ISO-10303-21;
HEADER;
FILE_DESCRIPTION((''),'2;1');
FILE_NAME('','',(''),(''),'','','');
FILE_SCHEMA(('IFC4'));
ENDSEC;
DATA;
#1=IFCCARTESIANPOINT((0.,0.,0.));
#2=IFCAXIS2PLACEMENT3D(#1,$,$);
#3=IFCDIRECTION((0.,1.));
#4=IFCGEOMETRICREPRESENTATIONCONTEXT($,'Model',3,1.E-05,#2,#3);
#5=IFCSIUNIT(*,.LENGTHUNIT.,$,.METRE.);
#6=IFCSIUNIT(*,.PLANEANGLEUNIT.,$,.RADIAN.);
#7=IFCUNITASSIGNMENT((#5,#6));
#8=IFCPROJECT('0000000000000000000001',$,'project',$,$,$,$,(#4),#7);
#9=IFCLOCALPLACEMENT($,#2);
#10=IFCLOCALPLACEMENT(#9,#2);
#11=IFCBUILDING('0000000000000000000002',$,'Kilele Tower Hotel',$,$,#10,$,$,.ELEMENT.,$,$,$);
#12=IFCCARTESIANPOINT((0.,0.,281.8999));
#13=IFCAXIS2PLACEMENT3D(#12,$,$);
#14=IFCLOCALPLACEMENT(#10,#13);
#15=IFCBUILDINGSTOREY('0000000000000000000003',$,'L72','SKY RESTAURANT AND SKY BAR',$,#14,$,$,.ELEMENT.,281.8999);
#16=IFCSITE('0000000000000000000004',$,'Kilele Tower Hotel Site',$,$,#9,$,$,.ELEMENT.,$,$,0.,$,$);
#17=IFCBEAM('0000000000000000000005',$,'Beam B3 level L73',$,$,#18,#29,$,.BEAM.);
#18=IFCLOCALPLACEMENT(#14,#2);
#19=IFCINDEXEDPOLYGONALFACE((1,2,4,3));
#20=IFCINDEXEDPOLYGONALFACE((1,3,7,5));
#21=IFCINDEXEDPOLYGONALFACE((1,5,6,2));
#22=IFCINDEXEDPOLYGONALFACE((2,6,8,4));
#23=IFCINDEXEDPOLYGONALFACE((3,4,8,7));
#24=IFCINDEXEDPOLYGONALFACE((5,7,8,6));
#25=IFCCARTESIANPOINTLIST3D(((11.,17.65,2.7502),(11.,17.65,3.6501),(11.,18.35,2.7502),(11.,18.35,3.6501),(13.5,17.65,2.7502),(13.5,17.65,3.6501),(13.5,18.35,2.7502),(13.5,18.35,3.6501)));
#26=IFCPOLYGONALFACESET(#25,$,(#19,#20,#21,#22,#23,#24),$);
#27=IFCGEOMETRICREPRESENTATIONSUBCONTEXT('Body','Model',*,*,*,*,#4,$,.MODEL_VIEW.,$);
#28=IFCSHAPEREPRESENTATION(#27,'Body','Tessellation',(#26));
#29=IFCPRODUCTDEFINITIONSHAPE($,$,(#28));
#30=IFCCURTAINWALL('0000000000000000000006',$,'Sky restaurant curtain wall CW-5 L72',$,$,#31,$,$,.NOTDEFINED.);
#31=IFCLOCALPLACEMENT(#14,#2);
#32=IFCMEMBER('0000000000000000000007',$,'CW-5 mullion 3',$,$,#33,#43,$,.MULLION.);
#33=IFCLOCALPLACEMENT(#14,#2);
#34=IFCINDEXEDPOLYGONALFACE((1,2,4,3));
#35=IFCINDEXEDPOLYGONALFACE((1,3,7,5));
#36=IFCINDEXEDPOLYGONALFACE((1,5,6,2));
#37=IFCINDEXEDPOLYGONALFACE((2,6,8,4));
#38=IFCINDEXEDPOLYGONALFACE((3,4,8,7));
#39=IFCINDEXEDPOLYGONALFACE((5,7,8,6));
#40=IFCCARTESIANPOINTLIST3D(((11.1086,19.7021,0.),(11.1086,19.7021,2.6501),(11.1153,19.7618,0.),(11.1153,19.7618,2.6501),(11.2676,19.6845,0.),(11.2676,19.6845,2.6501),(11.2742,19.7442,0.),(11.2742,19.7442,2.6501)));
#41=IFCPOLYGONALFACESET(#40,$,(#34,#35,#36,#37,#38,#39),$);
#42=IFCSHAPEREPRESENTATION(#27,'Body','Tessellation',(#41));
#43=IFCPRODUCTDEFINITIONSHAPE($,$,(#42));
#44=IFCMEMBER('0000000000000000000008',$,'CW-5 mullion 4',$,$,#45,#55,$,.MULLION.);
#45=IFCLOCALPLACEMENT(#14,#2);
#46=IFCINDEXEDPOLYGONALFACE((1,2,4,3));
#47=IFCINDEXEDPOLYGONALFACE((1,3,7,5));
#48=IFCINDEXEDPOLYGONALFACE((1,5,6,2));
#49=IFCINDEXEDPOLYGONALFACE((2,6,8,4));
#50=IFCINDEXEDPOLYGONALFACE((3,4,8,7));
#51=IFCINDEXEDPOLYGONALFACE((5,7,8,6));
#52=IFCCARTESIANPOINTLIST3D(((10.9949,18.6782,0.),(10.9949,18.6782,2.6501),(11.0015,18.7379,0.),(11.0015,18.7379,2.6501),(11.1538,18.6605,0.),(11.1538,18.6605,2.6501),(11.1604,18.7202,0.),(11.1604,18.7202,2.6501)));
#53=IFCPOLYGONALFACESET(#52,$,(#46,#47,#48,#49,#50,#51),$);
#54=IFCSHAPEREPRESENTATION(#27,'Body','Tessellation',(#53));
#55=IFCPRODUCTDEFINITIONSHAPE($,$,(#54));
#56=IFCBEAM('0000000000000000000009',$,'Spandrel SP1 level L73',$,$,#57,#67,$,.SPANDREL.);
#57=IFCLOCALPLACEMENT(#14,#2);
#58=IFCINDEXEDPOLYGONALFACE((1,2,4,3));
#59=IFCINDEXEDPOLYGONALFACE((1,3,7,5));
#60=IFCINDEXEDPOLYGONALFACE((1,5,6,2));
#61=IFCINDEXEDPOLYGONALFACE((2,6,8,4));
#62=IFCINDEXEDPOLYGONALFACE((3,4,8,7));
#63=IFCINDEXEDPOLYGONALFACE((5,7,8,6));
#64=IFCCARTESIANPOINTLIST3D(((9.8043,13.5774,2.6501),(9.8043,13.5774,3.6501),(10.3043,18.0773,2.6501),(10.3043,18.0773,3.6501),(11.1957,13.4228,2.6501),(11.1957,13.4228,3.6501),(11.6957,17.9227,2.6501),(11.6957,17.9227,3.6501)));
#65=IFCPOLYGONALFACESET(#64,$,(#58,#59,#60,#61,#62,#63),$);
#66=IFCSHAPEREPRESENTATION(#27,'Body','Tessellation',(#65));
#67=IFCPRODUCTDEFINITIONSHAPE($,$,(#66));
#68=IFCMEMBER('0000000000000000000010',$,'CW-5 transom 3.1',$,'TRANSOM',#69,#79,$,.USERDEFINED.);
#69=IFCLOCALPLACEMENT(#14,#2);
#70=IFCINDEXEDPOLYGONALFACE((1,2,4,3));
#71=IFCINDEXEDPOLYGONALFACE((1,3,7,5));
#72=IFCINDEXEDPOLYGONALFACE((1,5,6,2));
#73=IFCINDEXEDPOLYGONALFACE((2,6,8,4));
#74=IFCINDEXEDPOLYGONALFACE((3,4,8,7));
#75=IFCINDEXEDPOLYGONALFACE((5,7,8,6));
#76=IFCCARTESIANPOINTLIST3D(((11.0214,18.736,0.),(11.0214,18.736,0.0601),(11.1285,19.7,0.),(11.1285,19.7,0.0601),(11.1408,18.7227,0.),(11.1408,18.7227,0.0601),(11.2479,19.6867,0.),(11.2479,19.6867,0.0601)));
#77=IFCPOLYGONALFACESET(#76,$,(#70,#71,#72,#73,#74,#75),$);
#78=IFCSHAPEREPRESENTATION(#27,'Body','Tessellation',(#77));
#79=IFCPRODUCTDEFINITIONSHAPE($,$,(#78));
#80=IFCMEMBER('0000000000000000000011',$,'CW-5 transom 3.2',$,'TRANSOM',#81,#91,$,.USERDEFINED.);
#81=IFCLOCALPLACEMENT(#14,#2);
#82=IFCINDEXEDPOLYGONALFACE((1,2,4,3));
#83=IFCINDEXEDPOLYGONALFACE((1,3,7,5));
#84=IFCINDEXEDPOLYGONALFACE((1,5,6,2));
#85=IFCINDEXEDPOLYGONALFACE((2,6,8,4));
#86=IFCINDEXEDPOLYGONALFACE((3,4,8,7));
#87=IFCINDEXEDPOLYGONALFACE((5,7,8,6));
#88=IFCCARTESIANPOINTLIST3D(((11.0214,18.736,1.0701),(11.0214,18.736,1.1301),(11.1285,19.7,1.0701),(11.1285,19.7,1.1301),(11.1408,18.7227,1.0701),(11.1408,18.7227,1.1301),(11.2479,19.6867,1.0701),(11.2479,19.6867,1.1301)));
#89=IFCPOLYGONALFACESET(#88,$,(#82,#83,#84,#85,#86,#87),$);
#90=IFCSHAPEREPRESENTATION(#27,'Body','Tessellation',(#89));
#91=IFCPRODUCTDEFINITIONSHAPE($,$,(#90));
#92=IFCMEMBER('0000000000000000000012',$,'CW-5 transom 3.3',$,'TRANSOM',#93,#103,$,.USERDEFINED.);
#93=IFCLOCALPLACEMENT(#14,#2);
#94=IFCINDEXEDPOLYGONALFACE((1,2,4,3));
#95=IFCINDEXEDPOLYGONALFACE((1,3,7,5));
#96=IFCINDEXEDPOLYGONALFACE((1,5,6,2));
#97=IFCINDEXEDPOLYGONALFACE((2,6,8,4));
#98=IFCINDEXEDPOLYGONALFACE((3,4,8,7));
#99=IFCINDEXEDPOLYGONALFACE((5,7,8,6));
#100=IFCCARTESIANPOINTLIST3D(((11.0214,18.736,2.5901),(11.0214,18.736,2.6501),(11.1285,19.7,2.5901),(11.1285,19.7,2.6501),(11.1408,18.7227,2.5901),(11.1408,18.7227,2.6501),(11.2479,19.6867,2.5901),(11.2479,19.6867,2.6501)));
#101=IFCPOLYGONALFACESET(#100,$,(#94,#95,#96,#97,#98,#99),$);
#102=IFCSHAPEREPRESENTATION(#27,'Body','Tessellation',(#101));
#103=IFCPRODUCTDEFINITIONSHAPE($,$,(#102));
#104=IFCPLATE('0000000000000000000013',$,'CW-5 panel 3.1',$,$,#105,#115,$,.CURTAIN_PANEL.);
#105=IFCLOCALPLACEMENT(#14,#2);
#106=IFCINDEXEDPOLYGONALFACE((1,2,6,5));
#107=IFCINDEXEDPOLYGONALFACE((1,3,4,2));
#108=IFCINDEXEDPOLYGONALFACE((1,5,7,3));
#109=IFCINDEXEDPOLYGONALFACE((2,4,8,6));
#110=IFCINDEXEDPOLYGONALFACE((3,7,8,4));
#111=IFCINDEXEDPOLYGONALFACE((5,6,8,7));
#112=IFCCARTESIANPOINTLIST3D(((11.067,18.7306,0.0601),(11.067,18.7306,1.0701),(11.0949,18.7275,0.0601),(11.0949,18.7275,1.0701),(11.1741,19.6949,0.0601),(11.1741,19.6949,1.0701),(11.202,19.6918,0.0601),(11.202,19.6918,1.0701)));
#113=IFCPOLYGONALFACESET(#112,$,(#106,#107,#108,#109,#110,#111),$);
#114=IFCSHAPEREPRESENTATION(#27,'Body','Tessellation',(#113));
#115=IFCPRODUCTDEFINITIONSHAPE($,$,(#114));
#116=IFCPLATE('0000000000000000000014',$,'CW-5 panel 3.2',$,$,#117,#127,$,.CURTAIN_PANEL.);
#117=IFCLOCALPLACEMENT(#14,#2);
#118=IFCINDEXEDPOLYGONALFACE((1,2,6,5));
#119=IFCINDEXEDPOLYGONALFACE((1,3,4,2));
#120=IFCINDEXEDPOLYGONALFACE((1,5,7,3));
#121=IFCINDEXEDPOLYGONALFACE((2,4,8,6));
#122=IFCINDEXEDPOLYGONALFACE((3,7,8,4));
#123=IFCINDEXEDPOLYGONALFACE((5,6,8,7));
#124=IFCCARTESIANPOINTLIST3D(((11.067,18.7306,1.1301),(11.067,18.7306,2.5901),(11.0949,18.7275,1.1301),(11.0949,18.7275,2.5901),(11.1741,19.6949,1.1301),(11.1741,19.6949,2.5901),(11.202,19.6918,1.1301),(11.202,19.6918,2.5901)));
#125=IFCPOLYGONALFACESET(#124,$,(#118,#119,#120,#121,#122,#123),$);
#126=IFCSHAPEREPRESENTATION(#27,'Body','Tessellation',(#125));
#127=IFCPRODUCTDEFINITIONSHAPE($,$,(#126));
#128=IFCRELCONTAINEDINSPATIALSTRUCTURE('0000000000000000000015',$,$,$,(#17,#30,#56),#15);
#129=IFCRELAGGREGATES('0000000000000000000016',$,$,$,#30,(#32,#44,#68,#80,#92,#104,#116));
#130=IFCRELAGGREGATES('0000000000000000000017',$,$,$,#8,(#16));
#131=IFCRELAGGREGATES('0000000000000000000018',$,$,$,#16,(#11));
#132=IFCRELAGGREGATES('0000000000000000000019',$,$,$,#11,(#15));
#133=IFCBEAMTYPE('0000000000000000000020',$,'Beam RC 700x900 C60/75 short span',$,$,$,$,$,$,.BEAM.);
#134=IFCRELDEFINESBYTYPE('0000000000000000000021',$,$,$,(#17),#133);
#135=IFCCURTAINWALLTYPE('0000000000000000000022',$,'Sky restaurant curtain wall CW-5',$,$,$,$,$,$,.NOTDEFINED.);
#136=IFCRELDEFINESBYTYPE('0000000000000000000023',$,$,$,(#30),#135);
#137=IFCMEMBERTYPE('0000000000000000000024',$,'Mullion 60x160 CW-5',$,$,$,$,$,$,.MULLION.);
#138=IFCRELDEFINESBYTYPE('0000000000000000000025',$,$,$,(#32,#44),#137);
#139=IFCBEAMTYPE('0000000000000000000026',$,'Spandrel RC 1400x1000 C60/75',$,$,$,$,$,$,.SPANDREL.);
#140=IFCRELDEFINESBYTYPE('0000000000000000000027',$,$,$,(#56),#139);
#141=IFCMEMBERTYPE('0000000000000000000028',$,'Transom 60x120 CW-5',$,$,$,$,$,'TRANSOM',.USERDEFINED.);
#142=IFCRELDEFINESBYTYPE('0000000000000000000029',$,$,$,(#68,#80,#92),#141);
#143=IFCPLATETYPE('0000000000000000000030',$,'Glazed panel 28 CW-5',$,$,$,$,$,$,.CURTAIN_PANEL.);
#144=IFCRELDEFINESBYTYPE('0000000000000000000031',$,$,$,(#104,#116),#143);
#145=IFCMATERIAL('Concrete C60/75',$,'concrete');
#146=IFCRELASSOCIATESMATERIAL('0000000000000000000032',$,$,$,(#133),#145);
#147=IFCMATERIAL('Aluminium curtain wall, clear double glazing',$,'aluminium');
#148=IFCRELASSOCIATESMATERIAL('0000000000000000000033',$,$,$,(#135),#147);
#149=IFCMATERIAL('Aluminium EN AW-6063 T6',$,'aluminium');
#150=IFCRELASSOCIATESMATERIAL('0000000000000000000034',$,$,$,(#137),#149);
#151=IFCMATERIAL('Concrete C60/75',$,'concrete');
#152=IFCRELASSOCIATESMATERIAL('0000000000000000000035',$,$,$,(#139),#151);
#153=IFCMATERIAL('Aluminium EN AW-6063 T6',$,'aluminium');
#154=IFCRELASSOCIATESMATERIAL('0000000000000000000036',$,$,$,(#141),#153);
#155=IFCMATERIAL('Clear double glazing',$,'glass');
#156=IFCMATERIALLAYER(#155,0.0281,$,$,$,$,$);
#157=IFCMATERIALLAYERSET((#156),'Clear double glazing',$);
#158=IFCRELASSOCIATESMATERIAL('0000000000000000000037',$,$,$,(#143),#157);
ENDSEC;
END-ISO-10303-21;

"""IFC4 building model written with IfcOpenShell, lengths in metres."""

from ifc_helpers import new_model, si_unit, direction, frame, origin, origin_2d, place, context, subcontext, project, spatial, rectangle, extrude, material, layer, layer_set, material_profile, profile_set, type_object, element, aggregate, save


model = new_model("IFC4")

# Units and contexts
model_context = context("Model", 3, precision=1e-05, world=origin(), true_north=direction((0.0, 1.0)))
body_context = subcontext(model_context, "Body", "Model", "MODEL_VIEW")
ifc_project = project(units=[si_unit("LENGTHUNIT", "METRE"), si_unit("PLANEANGLEUNIT", "RADIAN")], contexts=[model_context])

# Site, building, storey
site_placement = place(None, origin())
site = spatial("IfcSite", under=ifc_project, at=site_placement, Name="Kilele Tower Hotel Site", CompositionType="ELEMENT", RefElevation=0.0)
building_placement = place(site_placement, origin())
building = spatial("IfcBuilding", under=site, at=building_placement, Name="Kilele Tower Hotel", CompositionType="ELEMENT")
storey_placement = place(building_placement, frame((0.0, 0.0, 281.8999)))
storey = spatial("IfcBuildingStorey", under=building, at=storey_placement, Name="L72", Description="SKY RESTAURANT AND SKY BAR", CompositionType="ELEMENT", Elevation=281.8999)

# Beam
ifc_material_1 = material(Name="Concrete C60/75", Category="concrete")
ifc_material_profile_1 = material_profile(ifc_material_1, rectangle(XDim=0.7, YDim=0.8999, at=origin_2d()))
ifc_profile_set_1 = profile_set([ifc_material_profile_1], Name="Concrete C60/75")
beam_type_1 = type_object("IfcBeamType", Name="Beam RC 700x900 C60/75 short span", PredefinedType="BEAM", material=ifc_profile_set_1)
beam_1_placement = place(storey_placement, frame((11.0, 18.0, 3.2002), z_axis=(1.0, 0.0, 0.0), x_axis=(0.0, 1.0, 0.0)))
element("IfcBeam", 1, at=beam_1_placement, inside=storey, type_object=beam_type_1, Name="Beam B3 level L73", PredefinedType="BEAM", context=body_context, shape_type="SweptSolid", body=[
    extrude(rectangle(XDim=0.7, YDim=0.8999, at=origin_2d()), origin(), (0.0, 0.0, 1.0), 2.5),
])

# Curtain wall, members
ifc_material_2 = material(Name="Aluminium curtain wall, clear double glazing", Category="aluminium")
curtain_wall_type = type_object("IfcCurtainWallType", Name="Sky restaurant curtain wall CW-5", PredefinedType="NOTDEFINED", material=ifc_material_2)
curtain_wall_placement = place(storey_placement, origin())
curtain_wall = element("IfcCurtainWall", 2, at=curtain_wall_placement, inside=storey, type_object=curtain_wall_type, Name="Sky restaurant curtain wall CW-5 L72", PredefinedType="NOTDEFINED")
ifc_material_3 = material(Name="Aluminium EN AW-6063 T6", Category="aluminium")
ifc_material_profile_2 = material_profile(ifc_material_3, rectangle(XDim=0.1599, YDim=0.0601, at=origin_2d()))
ifc_profile_set_2 = profile_set([ifc_material_profile_2], Name="Aluminium EN AW-6063 T6")
member_type_1 = type_object("IfcMemberType", Name="Mullion 60x160 CW-5", PredefinedType="MULLION", material=ifc_profile_set_2)
member_1_placement = place(storey_placement, frame((11.1914, 19.7231, 0.0), z_axis=(0.0, 0.0, 1.0), x_axis=(0.993884, -0.110432, 0.0)))
member_1 = element("IfcMember", 3, at=member_1_placement, type_object=member_type_1, Name="CW-5 mullion 3", PredefinedType="MULLION", context=body_context, shape_type="SweptSolid", body=[
    extrude(rectangle(XDim=0.1599, YDim=0.0601, at=origin_2d()), origin(), (0.0, 0.0, 1.0), 2.6501),
])
member_2_placement = place(storey_placement, frame((11.0776, 18.6992, 0.0), z_axis=(0.0, 0.0, 1.0), x_axis=(0.993884, -0.110432, 0.0)))
member_2 = element("IfcMember", 4, at=member_2_placement, type_object=member_type_1, Name="CW-5 mullion 4", PredefinedType="MULLION", context=body_context, shape_type="SweptSolid", body=[
    extrude(rectangle(XDim=0.1599, YDim=0.0601, at=origin_2d()), origin(), (0.0, 0.0, 1.0), 2.6501),
])

# Beam
ifc_material_4 = material(Name="Concrete C60/75", Category="concrete")
ifc_material_profile_3 = material_profile(ifc_material_4, rectangle(XDim=1.3999, YDim=1.0, at=origin_2d()))
ifc_profile_set_3 = profile_set([ifc_material_profile_3], Name="Concrete C60/75")
beam_type_2 = type_object("IfcBeamType", Name="Spandrel RC 1400x1000 C60/75", PredefinedType="SPANDREL", material=ifc_profile_set_3)
beam_2_placement = place(storey_placement, frame((11.0, 18.0, 3.1501), z_axis=(-0.110432, -0.993884, 0.0), x_axis=(0.993884, -0.110432, 0.0)))
element("IfcBeam", 5, at=beam_2_placement, inside=storey, type_object=beam_type_2, Name="Spandrel SP1 level L73", PredefinedType="SPANDREL", context=body_context, shape_type="SweptSolid", body=[
    extrude(rectangle(XDim=1.3999, YDim=1.0, at=origin_2d()), origin(), (0.0, 0.0, 1.0), 4.5276),
])

# Members
ifc_material_5 = material(Name="Aluminium EN AW-6063 T6", Category="aluminium")
ifc_material_profile_4 = material_profile(ifc_material_5, rectangle(XDim=0.1201, YDim=0.0601, at=origin_2d()))
ifc_profile_set_4 = profile_set([ifc_material_profile_4], Name="Aluminium EN AW-6063 T6")
member_type_2 = type_object("IfcMemberType", Name="Transom 60x120 CW-5", ElementType="TRANSOM", PredefinedType="USERDEFINED", material=ifc_profile_set_4)
member_3_placement = place(storey_placement, frame((11.1882, 19.6934, 0.03), z_axis=(-0.110487, -0.993878, 0.0), x_axis=(0.993878, -0.110487, 0.0)))
member_3 = element("IfcMember", 6, at=member_3_placement, type_object=member_type_2, Name="CW-5 transom 3.1", ObjectType="TRANSOM", PredefinedType="USERDEFINED", context=body_context, shape_type="SweptSolid", body=[
    extrude(rectangle(XDim=0.1201, YDim=0.0601, at=origin_2d()), origin(), (0.0, 0.0, 1.0), 0.97),
])
member_4_placement = place(storey_placement, frame((11.1882, 19.6934, 1.1001), z_axis=(-0.110487, -0.993878, 0.0), x_axis=(0.993878, -0.110487, 0.0)))
member_4 = element("IfcMember", 7, at=member_4_placement, type_object=member_type_2, Name="CW-5 transom 3.2", ObjectType="TRANSOM", PredefinedType="USERDEFINED", context=body_context, shape_type="SweptSolid", body=[
    extrude(rectangle(XDim=0.1201, YDim=0.0601, at=origin_2d()), origin(), (0.0, 0.0, 1.0), 0.97),
])
member_5_placement = place(storey_placement, frame((11.1882, 19.6934, 2.6201), z_axis=(-0.110487, -0.993878, 0.0), x_axis=(0.993878, -0.110487, 0.0)))
member_5 = element("IfcMember", 8, at=member_5_placement, type_object=member_type_2, Name="CW-5 transom 3.3", ObjectType="TRANSOM", PredefinedType="USERDEFINED", context=body_context, shape_type="SweptSolid", body=[
    extrude(rectangle(XDim=0.1201, YDim=0.0601, at=origin_2d()), origin(), (0.0, 0.0, 1.0), 0.97),
])

# Plates
ifc_material_6 = material(Name="Clear double glazing", Category="glass")
ifc_layer_1 = layer(ifc_material_6, 0.0281)
ifc_layer_set_1 = layer_set([ifc_layer_1], Name="Clear double glazing")
plate_type = type_object("IfcPlateType", Name="Glazed panel 28 CW-5", PredefinedType="CURTAIN_PANEL", material=ifc_layer_set_1)
plate_1_placement = place(storey_placement, frame((11.1345, 19.2112, 0.0601), z_axis=(0.0, 0.0, 1.0), x_axis=(-0.110432, -0.993884, 0.0)))
plate_1 = element("IfcPlate", 9, at=plate_1_placement, type_object=plate_type, Name="CW-5 panel 3.1", PredefinedType="CURTAIN_PANEL", context=body_context, shape_type="SweptSolid", body=[
    extrude(rectangle(XDim=0.9702, YDim=0.0281, at=origin_2d()), origin(), (0.0, 0.0, 1.0), 1.01),
])
plate_2_placement = place(storey_placement, frame((11.1345, 19.2112, 1.1301), z_axis=(0.0, 0.0, 1.0), x_axis=(-0.110432, -0.993884, 0.0)))
plate_2 = element("IfcPlate", 10, at=plate_2_placement, type_object=plate_type, Name="CW-5 panel 3.2", PredefinedType="CURTAIN_PANEL", context=body_context, shape_type="SweptSolid", body=[
    extrude(rectangle(XDim=0.9702, YDim=0.0281, at=origin_2d()), origin(), (0.0, 0.0, 1.0), 1.46),
])
aggregate(curtain_wall, [member_1, member_2, member_3, member_4, member_5, plate_1, plate_2])

save(model, "model.ifc")
